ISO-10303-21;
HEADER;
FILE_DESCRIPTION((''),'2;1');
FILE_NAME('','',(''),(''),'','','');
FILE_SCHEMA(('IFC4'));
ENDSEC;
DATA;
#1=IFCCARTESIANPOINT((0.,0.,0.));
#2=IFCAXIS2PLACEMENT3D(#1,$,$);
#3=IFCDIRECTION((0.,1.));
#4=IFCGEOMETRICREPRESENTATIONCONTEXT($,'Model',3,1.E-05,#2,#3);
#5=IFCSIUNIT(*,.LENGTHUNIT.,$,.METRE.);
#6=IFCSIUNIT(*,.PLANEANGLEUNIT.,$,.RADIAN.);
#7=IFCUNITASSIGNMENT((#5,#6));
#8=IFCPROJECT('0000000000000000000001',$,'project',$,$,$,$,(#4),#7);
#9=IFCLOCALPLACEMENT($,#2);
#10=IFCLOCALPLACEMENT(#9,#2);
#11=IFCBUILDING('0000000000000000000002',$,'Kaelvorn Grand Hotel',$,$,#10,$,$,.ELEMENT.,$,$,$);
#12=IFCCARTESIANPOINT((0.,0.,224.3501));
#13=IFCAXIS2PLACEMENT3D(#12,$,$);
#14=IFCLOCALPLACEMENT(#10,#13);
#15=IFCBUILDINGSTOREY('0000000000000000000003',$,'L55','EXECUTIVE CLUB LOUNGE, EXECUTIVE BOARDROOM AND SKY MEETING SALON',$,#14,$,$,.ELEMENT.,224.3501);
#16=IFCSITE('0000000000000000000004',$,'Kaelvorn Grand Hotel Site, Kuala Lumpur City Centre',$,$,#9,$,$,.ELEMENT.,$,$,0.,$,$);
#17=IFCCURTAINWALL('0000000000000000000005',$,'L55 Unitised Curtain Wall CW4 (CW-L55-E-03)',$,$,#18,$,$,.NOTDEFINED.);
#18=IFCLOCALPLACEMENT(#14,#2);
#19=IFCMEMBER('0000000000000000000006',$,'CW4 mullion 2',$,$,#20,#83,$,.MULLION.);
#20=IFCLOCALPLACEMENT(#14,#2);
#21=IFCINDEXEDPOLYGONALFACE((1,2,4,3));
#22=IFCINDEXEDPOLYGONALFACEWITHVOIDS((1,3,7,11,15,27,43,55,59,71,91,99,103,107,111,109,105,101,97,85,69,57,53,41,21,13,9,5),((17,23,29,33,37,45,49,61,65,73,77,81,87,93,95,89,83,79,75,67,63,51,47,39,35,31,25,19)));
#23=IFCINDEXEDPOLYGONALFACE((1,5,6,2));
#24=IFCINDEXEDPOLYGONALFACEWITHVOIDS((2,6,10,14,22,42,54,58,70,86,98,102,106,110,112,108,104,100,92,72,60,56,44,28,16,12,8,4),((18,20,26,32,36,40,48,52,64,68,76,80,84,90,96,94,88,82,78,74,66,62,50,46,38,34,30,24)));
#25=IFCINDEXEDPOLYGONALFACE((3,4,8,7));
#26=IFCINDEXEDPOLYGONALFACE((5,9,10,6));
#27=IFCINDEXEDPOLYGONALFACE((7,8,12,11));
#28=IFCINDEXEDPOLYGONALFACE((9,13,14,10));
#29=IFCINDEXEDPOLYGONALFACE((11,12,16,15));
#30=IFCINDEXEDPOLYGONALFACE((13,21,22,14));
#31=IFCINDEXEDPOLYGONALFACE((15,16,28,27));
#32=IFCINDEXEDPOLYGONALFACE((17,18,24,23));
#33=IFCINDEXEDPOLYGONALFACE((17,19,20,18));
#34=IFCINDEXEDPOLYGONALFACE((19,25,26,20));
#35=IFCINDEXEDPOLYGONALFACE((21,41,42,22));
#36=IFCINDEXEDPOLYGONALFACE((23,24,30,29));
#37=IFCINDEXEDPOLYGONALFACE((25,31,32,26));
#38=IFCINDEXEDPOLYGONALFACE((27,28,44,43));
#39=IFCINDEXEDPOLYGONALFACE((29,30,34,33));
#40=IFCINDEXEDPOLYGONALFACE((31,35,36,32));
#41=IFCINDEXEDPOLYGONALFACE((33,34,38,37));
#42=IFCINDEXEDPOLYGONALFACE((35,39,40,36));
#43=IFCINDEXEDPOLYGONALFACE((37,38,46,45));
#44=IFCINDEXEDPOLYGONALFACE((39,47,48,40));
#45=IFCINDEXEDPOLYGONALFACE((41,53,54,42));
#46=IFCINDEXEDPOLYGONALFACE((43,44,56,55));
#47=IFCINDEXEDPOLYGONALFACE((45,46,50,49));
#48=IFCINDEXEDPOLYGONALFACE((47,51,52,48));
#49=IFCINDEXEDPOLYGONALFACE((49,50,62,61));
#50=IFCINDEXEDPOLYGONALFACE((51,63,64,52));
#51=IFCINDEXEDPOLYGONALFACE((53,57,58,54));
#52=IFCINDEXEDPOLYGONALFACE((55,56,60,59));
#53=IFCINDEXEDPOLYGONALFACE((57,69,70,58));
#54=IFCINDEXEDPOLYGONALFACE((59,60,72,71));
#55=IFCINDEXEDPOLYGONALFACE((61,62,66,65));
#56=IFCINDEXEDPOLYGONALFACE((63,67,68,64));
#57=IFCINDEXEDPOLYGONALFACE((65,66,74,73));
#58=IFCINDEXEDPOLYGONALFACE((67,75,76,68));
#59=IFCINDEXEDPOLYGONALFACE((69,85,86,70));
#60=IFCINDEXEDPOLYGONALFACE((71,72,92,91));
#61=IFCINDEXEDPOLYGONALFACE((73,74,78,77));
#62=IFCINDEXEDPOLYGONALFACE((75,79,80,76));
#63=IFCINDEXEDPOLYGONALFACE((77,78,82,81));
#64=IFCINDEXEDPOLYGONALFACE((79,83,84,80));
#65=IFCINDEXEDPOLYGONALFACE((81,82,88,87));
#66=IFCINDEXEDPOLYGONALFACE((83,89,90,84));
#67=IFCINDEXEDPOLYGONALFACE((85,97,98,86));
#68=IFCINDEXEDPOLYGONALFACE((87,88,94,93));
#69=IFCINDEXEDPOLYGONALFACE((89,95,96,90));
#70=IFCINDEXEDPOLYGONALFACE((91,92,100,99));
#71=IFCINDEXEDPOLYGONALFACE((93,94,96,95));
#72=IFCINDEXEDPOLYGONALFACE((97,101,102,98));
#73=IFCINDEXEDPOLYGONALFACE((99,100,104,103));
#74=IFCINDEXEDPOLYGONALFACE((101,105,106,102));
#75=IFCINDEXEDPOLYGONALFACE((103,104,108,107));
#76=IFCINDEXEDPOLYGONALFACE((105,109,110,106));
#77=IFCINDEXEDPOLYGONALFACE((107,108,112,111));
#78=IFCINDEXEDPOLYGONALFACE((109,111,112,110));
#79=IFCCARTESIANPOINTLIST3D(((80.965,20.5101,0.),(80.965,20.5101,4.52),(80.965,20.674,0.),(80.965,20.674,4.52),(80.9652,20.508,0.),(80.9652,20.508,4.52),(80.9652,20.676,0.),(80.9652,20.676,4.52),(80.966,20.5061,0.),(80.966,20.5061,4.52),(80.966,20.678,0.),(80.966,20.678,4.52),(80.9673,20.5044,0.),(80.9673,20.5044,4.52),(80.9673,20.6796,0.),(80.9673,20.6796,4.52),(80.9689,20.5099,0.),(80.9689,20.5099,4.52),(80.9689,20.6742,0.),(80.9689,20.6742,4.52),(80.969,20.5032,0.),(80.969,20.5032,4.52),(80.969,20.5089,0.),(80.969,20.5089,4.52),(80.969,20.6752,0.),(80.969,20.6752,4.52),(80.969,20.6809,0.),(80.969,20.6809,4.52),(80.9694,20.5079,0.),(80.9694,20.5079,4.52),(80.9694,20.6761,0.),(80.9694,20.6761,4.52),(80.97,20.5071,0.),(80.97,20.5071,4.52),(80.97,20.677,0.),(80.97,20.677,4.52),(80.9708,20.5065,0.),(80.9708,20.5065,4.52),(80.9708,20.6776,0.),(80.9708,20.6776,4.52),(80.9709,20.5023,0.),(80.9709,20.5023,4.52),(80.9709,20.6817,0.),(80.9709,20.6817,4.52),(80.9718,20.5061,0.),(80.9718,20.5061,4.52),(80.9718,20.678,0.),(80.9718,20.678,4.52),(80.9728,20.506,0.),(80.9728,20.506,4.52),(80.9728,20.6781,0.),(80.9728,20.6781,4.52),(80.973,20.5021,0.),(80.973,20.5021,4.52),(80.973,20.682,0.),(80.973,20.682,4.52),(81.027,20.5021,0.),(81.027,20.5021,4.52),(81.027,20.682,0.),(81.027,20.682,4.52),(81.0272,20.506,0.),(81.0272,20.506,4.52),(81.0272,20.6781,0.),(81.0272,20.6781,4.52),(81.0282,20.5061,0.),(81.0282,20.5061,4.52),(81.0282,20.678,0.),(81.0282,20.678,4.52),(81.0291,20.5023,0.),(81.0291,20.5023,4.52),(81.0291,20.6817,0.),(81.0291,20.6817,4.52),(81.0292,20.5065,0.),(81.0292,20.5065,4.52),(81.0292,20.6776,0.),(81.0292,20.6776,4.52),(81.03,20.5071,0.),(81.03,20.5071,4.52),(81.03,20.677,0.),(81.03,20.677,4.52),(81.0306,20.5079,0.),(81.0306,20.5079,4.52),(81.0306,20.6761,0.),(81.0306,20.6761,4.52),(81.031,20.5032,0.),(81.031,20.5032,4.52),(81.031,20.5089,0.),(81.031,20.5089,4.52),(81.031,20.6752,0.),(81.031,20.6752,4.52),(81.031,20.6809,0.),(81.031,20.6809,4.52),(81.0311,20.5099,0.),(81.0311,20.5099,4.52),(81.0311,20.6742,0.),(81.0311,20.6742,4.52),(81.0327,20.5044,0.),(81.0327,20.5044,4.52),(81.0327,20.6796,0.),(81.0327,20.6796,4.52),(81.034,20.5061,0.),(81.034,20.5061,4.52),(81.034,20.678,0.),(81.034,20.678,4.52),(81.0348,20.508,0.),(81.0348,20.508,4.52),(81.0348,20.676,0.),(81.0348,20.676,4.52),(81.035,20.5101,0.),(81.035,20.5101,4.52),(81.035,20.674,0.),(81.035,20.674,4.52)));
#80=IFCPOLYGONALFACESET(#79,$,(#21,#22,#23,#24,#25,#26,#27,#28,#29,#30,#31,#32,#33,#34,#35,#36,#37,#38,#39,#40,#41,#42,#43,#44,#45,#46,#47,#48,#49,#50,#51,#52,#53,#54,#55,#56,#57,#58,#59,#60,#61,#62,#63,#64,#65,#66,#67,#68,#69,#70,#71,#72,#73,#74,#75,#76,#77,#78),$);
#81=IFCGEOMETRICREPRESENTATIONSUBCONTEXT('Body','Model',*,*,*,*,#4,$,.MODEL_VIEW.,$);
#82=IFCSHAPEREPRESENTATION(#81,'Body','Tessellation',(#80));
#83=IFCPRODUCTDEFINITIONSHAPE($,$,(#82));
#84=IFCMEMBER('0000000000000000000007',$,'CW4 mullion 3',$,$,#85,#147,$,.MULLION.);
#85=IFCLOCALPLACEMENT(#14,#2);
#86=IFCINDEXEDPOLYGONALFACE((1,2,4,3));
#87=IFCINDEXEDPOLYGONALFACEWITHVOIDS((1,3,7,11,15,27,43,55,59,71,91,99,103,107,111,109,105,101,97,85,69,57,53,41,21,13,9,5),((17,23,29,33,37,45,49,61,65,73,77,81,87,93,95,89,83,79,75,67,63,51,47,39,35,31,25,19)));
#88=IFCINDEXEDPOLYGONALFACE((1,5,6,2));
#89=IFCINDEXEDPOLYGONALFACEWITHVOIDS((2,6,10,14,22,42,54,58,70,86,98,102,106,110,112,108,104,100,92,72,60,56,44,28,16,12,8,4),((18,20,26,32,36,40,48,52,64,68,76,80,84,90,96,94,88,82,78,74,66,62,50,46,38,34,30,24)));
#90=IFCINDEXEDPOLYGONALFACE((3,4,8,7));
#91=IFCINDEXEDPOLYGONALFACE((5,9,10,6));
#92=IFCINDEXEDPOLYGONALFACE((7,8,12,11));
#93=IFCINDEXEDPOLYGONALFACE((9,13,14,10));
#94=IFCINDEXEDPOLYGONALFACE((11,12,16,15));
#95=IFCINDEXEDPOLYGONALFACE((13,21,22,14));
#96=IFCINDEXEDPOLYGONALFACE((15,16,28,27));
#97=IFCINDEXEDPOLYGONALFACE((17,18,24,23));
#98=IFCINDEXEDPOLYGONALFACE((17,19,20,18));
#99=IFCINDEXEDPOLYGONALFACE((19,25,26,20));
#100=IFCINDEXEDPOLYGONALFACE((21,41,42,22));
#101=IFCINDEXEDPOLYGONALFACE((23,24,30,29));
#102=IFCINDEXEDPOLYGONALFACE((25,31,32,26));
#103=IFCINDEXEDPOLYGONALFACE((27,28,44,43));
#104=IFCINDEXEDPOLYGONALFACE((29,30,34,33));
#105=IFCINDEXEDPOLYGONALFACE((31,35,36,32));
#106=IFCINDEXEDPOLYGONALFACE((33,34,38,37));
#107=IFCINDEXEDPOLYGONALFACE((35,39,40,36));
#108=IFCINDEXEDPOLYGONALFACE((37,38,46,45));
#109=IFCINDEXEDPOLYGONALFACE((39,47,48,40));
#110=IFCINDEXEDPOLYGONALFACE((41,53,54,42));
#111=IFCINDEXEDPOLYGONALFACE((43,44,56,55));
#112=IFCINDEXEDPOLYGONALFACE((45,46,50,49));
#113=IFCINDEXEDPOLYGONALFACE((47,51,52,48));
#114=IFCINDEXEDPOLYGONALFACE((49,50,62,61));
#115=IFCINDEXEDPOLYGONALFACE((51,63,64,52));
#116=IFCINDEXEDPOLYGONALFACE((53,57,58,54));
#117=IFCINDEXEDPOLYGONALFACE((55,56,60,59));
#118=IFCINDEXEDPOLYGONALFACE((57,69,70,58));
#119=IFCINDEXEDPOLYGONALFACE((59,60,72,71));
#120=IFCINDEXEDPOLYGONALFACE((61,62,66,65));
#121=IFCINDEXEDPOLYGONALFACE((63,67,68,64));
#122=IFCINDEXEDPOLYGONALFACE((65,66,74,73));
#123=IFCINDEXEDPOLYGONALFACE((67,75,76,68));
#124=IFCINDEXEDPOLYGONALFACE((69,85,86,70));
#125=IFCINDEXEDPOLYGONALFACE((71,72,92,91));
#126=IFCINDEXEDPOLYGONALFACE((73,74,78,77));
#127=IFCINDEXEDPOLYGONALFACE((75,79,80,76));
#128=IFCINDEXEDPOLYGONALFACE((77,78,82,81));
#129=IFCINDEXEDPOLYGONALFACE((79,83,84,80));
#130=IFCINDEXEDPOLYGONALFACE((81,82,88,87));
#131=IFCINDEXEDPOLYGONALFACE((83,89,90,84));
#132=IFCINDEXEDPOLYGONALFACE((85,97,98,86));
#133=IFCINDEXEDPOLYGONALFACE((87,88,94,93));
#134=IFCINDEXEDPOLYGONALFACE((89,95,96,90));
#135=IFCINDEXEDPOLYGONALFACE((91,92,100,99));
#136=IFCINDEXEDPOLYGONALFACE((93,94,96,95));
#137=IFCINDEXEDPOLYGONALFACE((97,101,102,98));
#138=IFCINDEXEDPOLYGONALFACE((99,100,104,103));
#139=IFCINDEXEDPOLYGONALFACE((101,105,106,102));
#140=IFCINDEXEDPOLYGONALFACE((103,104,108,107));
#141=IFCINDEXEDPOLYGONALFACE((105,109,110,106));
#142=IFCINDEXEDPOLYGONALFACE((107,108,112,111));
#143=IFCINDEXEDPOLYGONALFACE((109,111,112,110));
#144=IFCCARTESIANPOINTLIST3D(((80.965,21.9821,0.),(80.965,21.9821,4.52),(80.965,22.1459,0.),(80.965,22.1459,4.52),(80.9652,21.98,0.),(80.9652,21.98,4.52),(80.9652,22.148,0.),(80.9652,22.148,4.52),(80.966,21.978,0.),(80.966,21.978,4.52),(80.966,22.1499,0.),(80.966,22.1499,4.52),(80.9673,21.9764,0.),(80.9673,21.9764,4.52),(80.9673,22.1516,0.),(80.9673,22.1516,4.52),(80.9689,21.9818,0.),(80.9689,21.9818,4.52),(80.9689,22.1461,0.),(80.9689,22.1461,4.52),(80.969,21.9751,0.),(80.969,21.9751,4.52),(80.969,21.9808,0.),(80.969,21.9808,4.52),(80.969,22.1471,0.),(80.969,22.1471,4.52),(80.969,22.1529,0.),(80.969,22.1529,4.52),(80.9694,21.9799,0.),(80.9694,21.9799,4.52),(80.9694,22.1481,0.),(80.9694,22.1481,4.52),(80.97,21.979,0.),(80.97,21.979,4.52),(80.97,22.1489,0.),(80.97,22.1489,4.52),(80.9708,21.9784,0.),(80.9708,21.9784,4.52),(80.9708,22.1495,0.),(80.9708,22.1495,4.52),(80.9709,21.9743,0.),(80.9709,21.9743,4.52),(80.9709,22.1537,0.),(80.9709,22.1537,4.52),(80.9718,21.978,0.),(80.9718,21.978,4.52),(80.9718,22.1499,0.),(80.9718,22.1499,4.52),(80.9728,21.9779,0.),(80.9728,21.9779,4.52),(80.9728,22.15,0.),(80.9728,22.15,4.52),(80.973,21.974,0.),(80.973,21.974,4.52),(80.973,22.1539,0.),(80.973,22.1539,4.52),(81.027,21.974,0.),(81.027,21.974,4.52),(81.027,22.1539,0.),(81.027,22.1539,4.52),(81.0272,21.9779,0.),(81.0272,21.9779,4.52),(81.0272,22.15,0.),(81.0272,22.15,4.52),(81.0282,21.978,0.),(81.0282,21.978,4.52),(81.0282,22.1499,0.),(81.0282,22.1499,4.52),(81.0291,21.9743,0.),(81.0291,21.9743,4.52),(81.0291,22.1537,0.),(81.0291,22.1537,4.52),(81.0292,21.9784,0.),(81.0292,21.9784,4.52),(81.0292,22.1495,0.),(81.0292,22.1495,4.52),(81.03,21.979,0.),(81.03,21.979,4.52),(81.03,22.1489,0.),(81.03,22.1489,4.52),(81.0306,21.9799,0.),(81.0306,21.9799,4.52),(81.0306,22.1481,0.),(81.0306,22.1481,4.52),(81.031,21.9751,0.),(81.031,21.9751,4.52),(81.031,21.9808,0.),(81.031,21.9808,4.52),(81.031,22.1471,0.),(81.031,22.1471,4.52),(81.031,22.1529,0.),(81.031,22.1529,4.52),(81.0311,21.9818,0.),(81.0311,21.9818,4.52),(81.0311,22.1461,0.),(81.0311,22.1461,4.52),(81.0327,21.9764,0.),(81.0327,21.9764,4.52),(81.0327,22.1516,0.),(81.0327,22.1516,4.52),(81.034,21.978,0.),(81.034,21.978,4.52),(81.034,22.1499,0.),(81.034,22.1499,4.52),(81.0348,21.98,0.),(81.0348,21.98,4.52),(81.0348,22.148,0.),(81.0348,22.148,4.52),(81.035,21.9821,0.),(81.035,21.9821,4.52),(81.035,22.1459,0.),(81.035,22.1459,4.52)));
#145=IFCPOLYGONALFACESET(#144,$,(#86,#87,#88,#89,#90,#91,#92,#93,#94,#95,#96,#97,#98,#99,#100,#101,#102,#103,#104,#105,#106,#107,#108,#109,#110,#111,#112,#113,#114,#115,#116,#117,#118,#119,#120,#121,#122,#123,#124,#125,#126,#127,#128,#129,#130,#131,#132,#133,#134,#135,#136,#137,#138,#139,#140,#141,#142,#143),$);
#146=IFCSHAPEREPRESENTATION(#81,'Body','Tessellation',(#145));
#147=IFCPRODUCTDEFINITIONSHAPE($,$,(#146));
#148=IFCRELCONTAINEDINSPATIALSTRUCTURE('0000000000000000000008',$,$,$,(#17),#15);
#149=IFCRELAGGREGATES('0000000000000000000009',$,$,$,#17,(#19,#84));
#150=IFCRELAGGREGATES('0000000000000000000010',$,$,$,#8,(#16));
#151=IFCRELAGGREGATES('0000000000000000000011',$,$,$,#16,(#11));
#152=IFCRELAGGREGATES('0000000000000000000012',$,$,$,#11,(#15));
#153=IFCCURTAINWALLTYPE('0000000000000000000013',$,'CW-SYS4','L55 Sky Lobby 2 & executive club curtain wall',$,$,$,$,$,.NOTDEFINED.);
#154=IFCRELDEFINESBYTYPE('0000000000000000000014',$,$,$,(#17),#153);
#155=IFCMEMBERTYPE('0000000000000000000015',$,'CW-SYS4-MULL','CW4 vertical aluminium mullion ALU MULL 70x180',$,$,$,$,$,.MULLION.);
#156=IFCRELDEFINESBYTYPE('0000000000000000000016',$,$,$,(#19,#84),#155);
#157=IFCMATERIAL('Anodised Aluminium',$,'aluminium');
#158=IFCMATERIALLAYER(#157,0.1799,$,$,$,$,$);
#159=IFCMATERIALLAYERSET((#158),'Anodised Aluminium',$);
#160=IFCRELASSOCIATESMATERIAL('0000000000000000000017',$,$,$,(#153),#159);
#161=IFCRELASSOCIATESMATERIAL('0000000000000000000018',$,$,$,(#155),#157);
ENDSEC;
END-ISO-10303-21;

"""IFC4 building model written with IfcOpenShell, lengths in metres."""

from ifc_helpers import new_model, si_unit, direction, frame, origin, origin_2d, place, context, subcontext, project, spatial, hollow_rectangle, extrude, material, layer, layer_set, material_profile, profile_set, type_object, element, aggregate, save


model = new_model("IFC4")

# Units and contexts
model_context = context("Model", 3, precision=1e-05, world=origin(), true_north=direction((0.0, 1.0)))
body_context = subcontext(model_context, "Body", "Model", "MODEL_VIEW")
ifc_project = project(units=[si_unit("LENGTHUNIT", "METRE"), si_unit("PLANEANGLEUNIT", "RADIAN")], contexts=[model_context])

# Site, building, storey
site_placement = place(None, origin())
site = spatial("IfcSite", under=ifc_project, at=site_placement, Name="Kaelvorn Grand Hotel Site, Kuala Lumpur City Centre", CompositionType="ELEMENT", RefElevation=0.0)
building_placement = place(site_placement, origin())
building = spatial("IfcBuilding", under=site, at=building_placement, Name="Kaelvorn Grand Hotel", CompositionType="ELEMENT")
storey_placement = place(building_placement, frame((0.0, 0.0, 224.3501)))
storey = spatial("IfcBuildingStorey", under=building, at=storey_placement, Name="L55", Description="EXECUTIVE CLUB LOUNGE, EXECUTIVE BOARDROOM AND SKY MEETING SALON", CompositionType="ELEMENT", Elevation=224.3501)

# Curtain wall, members
ifc_material_1 = material(Name="Anodised Aluminium", Category="aluminium")
ifc_layer_1 = layer(ifc_material_1, 0.1799)
ifc_layer_set_1 = layer_set([ifc_layer_1], Name="Anodised Aluminium")
curtain_wall_type = type_object("IfcCurtainWallType", Name="CW-SYS4", Description="L55 Sky Lobby 2 & executive club curtain wall", PredefinedType="NOTDEFINED", material=ifc_layer_set_1)
curtain_wall_placement = place(storey_placement, origin())
curtain_wall = element("IfcCurtainWall", 1, at=curtain_wall_placement, inside=storey, type_object=curtain_wall_type, Name="L55 Unitised Curtain Wall CW4 (CW-L55-E-03)", PredefinedType="NOTDEFINED")
ifc_material_profile_1 = material_profile(ifc_material_1, hollow_rectangle(XDim=0.0701, YDim=0.1799, WallThickness=0.0039, InnerFilletRadius=0.0039, OuterFilletRadius=0.0081, at=origin_2d()), Name="ALU MULL 70x180")
ifc_profile_set_1 = profile_set([ifc_material_profile_1], Name="Anodised Aluminium")
member_type_1 = type_object("IfcMemberType", Name="CW-SYS4-MULL", Description="CW4 vertical aluminium mullion ALU MULL 70x180", PredefinedType="MULLION", material=ifc_profile_set_1)
member_1_placement = place(storey_placement, frame((81.0, 20.592, 0.0), z_axis=(0.0, 0.0, 1.0), x_axis=(-1.0, 0.0, 0.0)))
member_1 = element("IfcMember", 2, at=member_1_placement, type_object=member_type_1, Name="CW4 mullion 2", PredefinedType="MULLION", context=body_context, shape_type="SweptSolid", body=[
    extrude(hollow_rectangle(XDim=0.0701, YDim=0.1799, WallThickness=0.0039, InnerFilletRadius=0.0039, OuterFilletRadius=0.0081, at=origin_2d()), origin(), (0.0, 0.0, 1.0), 4.52),
])
member_2_placement = place(storey_placement, frame((81.0, 22.064, 0.0), z_axis=(0.0, 0.0, 1.0), x_axis=(-1.0, 0.0, 0.0)))
member_2 = element("IfcMember", 3, at=member_2_placement, type_object=member_type_1, Name="CW4 mullion 3", PredefinedType="MULLION", context=body_context, shape_type="SweptSolid", body=[
    extrude(hollow_rectangle(XDim=0.0701, YDim=0.1799, WallThickness=0.0039, InnerFilletRadius=0.0039, OuterFilletRadius=0.0081, at=origin_2d()), origin(), (0.0, 0.0, 1.0), 4.52),
])
aggregate(curtain_wall, [member_1, member_2])

save(model, "model.ifc")
